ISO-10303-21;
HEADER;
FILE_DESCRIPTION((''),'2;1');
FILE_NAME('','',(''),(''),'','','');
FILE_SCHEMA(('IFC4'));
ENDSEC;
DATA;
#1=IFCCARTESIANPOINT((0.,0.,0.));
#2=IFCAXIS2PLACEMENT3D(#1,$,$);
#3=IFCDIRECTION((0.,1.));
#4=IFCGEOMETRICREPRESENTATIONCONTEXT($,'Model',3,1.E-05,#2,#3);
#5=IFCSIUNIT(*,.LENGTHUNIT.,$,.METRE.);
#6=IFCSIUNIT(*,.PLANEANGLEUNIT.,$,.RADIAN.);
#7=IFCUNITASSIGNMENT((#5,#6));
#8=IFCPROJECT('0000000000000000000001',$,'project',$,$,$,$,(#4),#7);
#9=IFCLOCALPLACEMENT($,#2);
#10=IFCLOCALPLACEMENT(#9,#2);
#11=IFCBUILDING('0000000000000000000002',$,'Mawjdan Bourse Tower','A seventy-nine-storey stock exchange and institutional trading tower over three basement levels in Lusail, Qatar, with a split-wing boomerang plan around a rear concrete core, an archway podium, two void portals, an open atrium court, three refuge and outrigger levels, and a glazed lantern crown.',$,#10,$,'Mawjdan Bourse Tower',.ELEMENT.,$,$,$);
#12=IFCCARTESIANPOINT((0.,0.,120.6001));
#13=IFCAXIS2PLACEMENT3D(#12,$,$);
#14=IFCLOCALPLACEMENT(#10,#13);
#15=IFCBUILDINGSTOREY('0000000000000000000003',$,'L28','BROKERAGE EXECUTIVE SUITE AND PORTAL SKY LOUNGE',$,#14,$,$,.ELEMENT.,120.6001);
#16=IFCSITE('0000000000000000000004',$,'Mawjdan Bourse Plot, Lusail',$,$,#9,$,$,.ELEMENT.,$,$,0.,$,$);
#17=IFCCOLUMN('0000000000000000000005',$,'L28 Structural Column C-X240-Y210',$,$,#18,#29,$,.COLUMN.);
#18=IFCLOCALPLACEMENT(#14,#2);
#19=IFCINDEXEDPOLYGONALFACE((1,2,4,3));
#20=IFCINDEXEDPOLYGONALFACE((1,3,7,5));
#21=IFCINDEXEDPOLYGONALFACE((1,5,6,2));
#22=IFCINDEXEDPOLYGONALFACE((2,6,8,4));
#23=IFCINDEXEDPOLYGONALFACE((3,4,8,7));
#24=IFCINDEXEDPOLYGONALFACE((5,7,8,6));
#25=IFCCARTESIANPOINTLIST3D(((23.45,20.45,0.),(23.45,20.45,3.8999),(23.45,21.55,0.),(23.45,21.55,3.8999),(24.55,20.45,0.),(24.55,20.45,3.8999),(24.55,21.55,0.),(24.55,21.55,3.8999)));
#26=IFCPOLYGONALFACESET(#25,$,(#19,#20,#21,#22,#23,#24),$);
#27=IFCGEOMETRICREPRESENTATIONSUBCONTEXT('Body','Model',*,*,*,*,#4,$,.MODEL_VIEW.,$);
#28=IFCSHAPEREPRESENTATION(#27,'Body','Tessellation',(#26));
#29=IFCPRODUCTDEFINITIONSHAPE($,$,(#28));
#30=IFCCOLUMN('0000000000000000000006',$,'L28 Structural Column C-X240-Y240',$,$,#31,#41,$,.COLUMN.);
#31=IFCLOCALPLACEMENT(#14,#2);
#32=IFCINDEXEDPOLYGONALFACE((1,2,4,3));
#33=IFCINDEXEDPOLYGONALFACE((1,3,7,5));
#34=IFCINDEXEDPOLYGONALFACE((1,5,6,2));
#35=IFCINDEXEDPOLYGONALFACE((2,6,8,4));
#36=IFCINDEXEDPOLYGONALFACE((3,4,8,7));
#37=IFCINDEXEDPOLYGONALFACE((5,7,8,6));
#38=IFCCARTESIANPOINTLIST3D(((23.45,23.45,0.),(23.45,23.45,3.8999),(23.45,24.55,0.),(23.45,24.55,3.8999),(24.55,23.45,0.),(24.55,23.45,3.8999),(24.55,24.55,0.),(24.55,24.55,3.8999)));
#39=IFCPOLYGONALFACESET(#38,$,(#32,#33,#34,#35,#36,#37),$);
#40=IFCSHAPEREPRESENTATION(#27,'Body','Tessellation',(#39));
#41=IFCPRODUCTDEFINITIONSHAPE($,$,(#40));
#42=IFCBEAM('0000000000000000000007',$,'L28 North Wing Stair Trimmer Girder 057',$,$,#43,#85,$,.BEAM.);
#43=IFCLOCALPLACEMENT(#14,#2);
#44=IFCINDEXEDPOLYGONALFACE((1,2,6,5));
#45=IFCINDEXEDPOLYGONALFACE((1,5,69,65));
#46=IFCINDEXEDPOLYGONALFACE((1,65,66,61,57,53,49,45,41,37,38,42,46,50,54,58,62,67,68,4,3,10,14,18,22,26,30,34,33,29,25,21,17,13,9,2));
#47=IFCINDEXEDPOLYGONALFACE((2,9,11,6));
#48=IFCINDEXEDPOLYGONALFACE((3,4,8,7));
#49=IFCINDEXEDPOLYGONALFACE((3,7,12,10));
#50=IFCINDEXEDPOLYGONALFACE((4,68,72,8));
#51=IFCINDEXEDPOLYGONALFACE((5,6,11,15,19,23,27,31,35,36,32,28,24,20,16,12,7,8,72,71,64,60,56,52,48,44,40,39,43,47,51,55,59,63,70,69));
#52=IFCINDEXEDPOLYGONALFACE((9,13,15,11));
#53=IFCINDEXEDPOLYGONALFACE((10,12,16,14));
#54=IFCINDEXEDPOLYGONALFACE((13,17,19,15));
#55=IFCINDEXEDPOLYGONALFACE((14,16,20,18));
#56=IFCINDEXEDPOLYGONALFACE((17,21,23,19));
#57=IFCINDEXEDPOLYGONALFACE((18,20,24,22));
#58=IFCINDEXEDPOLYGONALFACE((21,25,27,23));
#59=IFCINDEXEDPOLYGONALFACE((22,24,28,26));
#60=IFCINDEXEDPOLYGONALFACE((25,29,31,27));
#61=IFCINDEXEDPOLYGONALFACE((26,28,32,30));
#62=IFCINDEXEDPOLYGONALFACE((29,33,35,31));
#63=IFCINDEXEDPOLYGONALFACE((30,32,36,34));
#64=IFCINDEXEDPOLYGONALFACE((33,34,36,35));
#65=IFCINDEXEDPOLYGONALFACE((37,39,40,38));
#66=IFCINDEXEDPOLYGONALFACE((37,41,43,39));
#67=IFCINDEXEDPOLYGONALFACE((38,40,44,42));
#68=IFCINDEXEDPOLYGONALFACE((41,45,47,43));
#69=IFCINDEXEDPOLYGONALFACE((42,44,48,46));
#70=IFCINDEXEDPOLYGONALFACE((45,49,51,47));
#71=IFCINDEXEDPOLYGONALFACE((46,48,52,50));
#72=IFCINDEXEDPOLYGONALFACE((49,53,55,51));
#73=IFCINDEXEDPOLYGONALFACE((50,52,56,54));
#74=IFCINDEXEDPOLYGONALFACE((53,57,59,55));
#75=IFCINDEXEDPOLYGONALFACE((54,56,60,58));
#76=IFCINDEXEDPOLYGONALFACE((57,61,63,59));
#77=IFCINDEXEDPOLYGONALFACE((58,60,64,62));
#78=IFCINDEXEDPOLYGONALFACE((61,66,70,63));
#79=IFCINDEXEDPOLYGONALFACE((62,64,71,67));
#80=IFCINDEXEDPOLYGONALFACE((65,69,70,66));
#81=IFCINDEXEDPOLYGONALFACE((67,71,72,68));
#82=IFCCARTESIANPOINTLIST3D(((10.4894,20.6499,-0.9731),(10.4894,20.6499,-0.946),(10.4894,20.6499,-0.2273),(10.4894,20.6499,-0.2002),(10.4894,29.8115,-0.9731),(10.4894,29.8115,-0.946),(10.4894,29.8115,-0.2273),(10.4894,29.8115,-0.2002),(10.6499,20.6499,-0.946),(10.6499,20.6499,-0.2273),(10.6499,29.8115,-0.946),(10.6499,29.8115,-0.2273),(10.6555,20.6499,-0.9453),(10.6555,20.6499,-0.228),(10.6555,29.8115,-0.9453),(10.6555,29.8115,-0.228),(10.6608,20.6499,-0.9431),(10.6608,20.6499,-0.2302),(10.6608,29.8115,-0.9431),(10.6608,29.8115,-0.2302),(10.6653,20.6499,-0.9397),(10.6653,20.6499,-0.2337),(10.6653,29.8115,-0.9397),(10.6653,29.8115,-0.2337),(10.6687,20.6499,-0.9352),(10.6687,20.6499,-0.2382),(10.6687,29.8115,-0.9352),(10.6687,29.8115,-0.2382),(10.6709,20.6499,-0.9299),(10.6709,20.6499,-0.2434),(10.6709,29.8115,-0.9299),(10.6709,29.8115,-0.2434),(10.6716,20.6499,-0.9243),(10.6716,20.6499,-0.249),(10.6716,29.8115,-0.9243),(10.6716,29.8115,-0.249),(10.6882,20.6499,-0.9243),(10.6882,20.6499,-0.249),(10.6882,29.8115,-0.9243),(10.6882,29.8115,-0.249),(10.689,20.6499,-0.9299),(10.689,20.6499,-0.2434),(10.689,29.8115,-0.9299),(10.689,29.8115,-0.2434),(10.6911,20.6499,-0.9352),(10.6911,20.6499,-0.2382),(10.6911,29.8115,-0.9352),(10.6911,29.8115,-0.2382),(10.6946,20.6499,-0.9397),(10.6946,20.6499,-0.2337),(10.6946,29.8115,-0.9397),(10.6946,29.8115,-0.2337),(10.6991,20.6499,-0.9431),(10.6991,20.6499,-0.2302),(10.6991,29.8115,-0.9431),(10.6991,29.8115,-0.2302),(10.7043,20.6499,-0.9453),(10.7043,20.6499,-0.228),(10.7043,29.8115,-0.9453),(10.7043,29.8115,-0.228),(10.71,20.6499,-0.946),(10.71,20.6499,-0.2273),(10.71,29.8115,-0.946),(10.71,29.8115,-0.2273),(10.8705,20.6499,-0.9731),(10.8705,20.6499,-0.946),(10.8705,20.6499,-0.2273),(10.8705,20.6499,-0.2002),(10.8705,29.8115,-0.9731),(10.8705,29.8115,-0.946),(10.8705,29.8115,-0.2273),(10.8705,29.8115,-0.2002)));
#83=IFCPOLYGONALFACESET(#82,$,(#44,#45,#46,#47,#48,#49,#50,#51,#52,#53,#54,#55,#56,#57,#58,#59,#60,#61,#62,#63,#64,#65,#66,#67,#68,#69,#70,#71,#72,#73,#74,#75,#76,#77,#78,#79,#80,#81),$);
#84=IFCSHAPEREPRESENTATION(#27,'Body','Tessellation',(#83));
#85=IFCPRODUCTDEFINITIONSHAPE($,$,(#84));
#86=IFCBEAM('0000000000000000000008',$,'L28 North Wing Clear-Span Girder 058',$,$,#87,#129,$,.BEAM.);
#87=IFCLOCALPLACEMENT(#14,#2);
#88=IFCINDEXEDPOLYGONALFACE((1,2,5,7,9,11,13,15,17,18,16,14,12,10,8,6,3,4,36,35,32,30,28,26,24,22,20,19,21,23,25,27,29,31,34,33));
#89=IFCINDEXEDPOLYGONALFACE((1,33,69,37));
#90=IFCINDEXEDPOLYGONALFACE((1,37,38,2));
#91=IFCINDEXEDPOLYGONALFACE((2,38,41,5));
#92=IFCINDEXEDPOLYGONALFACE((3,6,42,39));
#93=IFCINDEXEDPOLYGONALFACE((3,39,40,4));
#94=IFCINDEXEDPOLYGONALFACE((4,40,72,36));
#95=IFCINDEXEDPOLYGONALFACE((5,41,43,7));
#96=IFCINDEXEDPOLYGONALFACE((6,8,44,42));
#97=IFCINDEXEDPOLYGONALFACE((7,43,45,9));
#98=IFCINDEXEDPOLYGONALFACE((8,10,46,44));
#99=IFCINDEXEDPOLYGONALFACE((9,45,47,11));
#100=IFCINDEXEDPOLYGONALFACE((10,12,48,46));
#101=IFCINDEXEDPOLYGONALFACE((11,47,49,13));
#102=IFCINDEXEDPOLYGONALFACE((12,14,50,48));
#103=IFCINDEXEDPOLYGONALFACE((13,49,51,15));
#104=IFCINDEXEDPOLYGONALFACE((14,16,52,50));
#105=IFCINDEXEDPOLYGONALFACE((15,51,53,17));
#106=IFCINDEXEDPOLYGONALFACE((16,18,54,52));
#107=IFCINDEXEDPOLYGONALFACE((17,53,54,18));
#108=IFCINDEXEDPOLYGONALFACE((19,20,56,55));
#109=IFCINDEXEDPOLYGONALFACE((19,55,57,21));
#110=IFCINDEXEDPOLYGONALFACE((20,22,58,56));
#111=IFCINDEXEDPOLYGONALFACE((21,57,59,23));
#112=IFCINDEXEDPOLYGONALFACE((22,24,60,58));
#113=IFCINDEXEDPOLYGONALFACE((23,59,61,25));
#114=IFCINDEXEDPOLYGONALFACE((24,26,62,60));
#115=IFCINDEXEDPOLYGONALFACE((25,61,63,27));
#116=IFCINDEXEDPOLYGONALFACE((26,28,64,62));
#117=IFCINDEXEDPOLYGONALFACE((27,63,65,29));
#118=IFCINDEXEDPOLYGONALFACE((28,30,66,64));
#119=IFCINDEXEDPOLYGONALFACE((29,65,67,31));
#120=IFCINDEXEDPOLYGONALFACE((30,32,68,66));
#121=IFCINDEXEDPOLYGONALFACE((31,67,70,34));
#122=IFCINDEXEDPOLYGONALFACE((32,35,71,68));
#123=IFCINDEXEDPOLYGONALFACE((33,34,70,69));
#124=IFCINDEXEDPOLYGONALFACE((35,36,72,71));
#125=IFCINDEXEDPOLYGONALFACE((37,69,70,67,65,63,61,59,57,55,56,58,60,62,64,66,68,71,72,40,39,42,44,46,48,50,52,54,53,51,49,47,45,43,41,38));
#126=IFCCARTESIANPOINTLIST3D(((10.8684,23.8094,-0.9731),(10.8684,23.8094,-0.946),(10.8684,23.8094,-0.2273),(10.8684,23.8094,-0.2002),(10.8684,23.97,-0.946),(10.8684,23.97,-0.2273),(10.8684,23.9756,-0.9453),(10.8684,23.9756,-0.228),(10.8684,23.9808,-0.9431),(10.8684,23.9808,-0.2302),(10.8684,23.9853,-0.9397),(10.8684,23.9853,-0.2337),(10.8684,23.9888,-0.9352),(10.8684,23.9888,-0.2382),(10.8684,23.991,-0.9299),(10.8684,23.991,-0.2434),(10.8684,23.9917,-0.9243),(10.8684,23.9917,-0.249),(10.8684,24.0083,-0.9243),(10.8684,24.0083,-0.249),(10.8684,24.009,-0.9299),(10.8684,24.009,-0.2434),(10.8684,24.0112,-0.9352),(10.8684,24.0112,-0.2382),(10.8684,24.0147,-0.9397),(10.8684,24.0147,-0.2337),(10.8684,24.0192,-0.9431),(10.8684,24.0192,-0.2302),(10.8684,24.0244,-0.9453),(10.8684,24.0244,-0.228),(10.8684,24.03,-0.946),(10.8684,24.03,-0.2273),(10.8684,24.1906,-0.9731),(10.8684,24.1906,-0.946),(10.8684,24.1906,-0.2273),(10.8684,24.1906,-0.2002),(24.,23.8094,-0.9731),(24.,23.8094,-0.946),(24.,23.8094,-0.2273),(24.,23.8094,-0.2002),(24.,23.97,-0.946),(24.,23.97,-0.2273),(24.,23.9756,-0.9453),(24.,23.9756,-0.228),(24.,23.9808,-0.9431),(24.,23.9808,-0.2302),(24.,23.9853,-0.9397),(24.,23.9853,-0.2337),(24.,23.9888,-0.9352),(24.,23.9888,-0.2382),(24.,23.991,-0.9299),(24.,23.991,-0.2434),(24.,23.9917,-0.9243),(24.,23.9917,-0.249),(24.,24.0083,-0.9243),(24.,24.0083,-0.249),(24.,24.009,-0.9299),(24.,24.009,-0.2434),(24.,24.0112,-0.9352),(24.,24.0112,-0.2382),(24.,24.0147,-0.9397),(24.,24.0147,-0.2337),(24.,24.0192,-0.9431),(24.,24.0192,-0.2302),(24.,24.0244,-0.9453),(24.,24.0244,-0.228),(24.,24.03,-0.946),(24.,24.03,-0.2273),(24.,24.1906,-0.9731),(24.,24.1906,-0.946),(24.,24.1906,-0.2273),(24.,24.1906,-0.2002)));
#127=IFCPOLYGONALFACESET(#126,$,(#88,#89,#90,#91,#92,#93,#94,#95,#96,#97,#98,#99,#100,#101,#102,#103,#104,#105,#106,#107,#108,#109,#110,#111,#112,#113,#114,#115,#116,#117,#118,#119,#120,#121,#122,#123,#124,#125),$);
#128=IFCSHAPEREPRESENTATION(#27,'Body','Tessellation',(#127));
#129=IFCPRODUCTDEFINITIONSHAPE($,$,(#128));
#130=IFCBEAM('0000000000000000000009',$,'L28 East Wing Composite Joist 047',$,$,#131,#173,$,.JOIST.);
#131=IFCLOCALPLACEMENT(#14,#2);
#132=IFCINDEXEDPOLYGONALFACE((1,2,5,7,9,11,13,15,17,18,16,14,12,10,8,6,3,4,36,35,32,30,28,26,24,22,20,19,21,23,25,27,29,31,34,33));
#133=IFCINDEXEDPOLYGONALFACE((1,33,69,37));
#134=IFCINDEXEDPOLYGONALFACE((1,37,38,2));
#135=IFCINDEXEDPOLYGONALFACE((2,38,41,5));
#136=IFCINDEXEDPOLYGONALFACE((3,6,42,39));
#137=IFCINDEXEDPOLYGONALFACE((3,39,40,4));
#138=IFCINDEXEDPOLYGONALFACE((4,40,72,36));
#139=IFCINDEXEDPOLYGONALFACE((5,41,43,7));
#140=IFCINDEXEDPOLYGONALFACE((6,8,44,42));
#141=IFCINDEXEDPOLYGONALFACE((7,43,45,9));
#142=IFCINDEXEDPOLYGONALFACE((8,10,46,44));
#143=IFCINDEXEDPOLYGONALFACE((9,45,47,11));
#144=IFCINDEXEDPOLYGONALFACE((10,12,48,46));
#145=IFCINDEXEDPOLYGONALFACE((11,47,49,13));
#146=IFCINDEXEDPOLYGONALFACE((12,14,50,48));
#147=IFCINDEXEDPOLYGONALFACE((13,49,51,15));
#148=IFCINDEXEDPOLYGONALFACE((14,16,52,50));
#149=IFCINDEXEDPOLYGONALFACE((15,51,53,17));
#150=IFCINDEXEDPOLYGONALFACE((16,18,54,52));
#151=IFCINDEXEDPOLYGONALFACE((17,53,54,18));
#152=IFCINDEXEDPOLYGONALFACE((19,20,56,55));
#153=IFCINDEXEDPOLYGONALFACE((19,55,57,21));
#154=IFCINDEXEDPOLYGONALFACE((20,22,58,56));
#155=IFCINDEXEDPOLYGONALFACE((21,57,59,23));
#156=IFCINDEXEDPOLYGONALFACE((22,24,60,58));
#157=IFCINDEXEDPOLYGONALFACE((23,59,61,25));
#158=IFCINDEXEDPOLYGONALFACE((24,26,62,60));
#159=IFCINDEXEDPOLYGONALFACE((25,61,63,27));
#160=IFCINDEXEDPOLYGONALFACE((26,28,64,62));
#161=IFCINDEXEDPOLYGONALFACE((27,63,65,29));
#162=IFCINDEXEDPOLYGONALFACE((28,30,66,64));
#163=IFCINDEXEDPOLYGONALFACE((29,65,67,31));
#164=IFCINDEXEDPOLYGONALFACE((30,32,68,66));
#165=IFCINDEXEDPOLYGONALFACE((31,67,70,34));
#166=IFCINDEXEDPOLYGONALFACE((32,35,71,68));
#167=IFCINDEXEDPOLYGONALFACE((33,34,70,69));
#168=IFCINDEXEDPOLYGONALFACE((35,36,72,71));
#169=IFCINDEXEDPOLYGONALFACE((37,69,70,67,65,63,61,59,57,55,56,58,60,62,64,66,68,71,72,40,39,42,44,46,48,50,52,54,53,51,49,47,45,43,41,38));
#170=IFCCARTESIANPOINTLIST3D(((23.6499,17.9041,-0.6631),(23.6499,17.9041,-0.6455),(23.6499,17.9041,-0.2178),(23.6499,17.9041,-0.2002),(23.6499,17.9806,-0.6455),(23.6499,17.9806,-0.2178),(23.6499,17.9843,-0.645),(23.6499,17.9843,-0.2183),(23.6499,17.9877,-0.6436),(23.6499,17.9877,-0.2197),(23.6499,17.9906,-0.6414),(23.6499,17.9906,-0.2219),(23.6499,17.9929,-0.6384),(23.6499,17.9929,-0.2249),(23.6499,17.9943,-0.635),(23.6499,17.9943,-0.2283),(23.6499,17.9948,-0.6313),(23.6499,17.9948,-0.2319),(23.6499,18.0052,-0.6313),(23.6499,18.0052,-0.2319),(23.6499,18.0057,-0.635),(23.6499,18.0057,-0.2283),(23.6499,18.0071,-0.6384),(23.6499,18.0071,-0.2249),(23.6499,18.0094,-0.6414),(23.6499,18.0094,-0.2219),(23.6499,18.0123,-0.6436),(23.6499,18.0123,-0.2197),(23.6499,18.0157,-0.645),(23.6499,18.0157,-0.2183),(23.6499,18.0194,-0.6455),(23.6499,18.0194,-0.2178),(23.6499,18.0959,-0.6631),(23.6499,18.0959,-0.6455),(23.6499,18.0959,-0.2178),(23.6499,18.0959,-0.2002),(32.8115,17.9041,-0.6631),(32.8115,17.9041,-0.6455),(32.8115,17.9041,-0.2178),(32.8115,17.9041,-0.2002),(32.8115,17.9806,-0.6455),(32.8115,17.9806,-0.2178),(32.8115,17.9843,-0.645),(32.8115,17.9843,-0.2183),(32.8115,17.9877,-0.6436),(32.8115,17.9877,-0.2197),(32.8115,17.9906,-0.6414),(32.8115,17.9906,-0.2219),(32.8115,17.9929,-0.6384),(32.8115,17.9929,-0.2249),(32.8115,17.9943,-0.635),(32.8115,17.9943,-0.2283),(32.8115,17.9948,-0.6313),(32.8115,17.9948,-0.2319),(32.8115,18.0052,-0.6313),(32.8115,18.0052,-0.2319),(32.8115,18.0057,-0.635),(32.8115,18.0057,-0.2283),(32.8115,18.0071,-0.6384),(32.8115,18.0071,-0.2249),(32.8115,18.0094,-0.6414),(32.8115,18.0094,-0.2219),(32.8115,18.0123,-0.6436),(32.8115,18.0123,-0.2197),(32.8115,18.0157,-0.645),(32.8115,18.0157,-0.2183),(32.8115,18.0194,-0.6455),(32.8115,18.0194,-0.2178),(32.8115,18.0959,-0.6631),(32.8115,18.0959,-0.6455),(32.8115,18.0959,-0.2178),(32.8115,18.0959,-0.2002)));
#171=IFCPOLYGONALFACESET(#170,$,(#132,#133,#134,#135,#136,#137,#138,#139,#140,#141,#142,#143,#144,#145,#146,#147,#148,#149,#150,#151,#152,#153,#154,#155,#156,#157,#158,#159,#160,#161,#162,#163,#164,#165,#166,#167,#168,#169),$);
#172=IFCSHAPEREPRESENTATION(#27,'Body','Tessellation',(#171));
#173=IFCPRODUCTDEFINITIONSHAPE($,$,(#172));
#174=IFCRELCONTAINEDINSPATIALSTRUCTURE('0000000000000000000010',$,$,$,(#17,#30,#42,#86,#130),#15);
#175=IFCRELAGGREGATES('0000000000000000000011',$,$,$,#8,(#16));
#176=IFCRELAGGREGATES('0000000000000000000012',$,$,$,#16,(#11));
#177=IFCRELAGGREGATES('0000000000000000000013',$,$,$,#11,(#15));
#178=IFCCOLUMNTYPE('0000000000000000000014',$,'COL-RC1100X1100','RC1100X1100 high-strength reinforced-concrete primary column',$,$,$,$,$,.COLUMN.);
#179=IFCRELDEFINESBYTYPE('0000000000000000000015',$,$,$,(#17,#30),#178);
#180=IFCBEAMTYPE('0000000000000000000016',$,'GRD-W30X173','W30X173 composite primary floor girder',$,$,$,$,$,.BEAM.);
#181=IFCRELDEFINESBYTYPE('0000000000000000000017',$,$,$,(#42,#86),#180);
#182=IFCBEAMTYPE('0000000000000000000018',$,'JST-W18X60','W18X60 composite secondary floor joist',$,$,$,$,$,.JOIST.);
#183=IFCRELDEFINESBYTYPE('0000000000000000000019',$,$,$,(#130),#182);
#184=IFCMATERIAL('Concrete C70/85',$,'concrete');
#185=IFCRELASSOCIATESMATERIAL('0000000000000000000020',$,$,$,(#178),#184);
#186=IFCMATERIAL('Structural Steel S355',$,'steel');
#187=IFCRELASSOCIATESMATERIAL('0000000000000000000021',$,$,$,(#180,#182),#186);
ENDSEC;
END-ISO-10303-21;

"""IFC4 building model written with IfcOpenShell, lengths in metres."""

from ifc_helpers import new_model, si_unit, direction, frame, origin, origin_2d, place, context, subcontext, project, spatial, rectangle, i_section, extrude, material, material_profile, profile_set, type_object, element, save


model = new_model("IFC4")

# Units and contexts
model_context = context("Model", 3, precision=1e-05, world=origin(), true_north=direction((0.0, 1.0)))
body_context = subcontext(model_context, "Body", "Model", "MODEL_VIEW")
ifc_project = project(units=[si_unit("LENGTHUNIT", "METRE"), si_unit("PLANEANGLEUNIT", "RADIAN")], contexts=[model_context])

# Site, building, storey
site_placement = place(None, origin())
site = spatial("IfcSite", under=ifc_project, at=site_placement, Name="Mawjdan Bourse Plot, Lusail", CompositionType="ELEMENT", RefElevation=0.0)
building_placement = place(site_placement, origin())
building = spatial("IfcBuilding", under=site, at=building_placement, Name="Mawjdan Bourse Tower", Description="A seventy-nine-storey stock exchange and institutional trading tower over three basement levels in Lusail, Qatar, with a split-wing boomerang plan around a rear concrete core, an archway podium, two void portals, an open atrium court, three refuge and outrigger levels, and a glazed lantern crown.", LongName="Mawjdan Bourse Tower", CompositionType="ELEMENT")
storey_placement = place(building_placement, frame((0.0, 0.0, 120.6001)))
storey = spatial("IfcBuildingStorey", under=building, at=storey_placement, Name="L28", Description="BROKERAGE EXECUTIVE SUITE AND PORTAL SKY LOUNGE", CompositionType="ELEMENT", Elevation=120.6001)

# Columns
ifc_material_1 = material(Name="Concrete C70/85", Category="concrete")
ifc_material_profile_1 = material_profile(ifc_material_1, rectangle(XDim=1.1001, YDim=1.1001, at=origin_2d()), Name="RC1100X1100")
ifc_profile_set_1 = profile_set([ifc_material_profile_1], Name="Concrete C70/85")
column_type = type_object("IfcColumnType", Name="COL-RC1100X1100", Description="RC1100X1100 high-strength reinforced-concrete primary column", PredefinedType="COLUMN", material=ifc_profile_set_1)
for number, where, z_axis, x_axis, name in (
    (1, (24.0, 21.0, 0.0), (0.0, 0.0, 1.0), (1.0, 0.0, 0.0), "L28 Structural Column C-X240-Y210"),
    (2, (24.0, 24.0, 0.0), (0.0, 0.0, 1.0), (1.0, 0.0, 0.0), "L28 Structural Column C-X240-Y240"),
):
    element("IfcColumn", number, at=place(storey_placement, frame(where, z_axis=z_axis, x_axis=x_axis)), inside=storey, type_object=column_type, Name=name, PredefinedType="COLUMN", context=body_context, shape_type="SweptSolid", body=[
        extrude(rectangle(XDim=1.1001, YDim=1.1001, at=origin_2d()), origin(), (0.0, 0.0, 1.0), 3.8999),
    ])

# Beams
ifc_material_2 = material(Name="Structural Steel S355", Category="steel")
ifc_material_profile_2 = material_profile(ifc_material_2, i_section(OverallWidth=0.3811, OverallDepth=0.7729, WebThickness=0.0166, FlangeThickness=0.0271, FilletRadius=0.0217, at=origin_2d()), Name="W30X173")
ifc_profile_set_2 = profile_set([ifc_material_profile_2], Name="Structural Steel S355")
beam_type_1 = type_object("IfcBeamType", Name="GRD-W30X173", Description="W30X173 composite primary floor girder", PredefinedType="BEAM", material=ifc_profile_set_2)
beam_1_placement = place(storey_placement, frame((10.6799, 20.6499, -0.5867), z_axis=(0.0, 1.0, 0.0), x_axis=(-1.0, 0.0, 0.0)))
element("IfcBeam", 3, at=beam_1_placement, inside=storey, type_object=beam_type_1, Name="L28 North Wing Stair Trimmer Girder 057", PredefinedType="BEAM", context=body_context, shape_type="SweptSolid", body=[
    extrude(i_section(OverallWidth=0.3811, OverallDepth=0.7729, WebThickness=0.0166, FlangeThickness=0.0271, FilletRadius=0.0217, at=origin_2d()), origin(), (0.0, 0.0, 1.0), 9.1616),
])
beam_2_placement = place(storey_placement, frame((10.8684, 24.0, -0.5867), z_axis=(1.0, 0.0, 0.0), x_axis=(0.0, 1.0, 0.0)))
element("IfcBeam", 4, at=beam_2_placement, inside=storey, type_object=beam_type_1, Name="L28 North Wing Clear-Span Girder 058", PredefinedType="BEAM", context=body_context, shape_type="SweptSolid", body=[
    extrude(i_section(OverallWidth=0.3811, OverallDepth=0.7729, WebThickness=0.0166, FlangeThickness=0.0271, FilletRadius=0.0217, at=origin_2d()), origin(), (0.0, 0.0, 1.0), 13.1316),
])
ifc_material_profile_3 = material_profile(ifc_material_2, i_section(OverallWidth=0.1919, OverallDepth=0.4629, WebThickness=0.0105, FlangeThickness=0.0176, FilletRadius=0.0142, at=origin_2d()), Name="W18X60")
ifc_profile_set_3 = profile_set([ifc_material_profile_3], Name="Structural Steel S355")
beam_type_2 = type_object("IfcBeamType", Name="JST-W18X60", Description="W18X60 composite secondary floor joist", PredefinedType="JOIST", material=ifc_profile_set_3)
beam_3_placement = place(storey_placement, frame((23.6499, 18.0, -0.4316), z_axis=(1.0, 0.0, 0.0), x_axis=(0.0, 1.0, 0.0)))
element("IfcBeam", 5, at=beam_3_placement, inside=storey, type_object=beam_type_2, Name="L28 East Wing Composite Joist 047", PredefinedType="JOIST", context=body_context, shape_type="SweptSolid", body=[
    extrude(i_section(OverallWidth=0.1919, OverallDepth=0.4629, WebThickness=0.0105, FlangeThickness=0.0176, FilletRadius=0.0142, at=origin_2d()), origin(), (0.0, 0.0, 1.0), 9.1616),
])

save(model, "model.ifc")
